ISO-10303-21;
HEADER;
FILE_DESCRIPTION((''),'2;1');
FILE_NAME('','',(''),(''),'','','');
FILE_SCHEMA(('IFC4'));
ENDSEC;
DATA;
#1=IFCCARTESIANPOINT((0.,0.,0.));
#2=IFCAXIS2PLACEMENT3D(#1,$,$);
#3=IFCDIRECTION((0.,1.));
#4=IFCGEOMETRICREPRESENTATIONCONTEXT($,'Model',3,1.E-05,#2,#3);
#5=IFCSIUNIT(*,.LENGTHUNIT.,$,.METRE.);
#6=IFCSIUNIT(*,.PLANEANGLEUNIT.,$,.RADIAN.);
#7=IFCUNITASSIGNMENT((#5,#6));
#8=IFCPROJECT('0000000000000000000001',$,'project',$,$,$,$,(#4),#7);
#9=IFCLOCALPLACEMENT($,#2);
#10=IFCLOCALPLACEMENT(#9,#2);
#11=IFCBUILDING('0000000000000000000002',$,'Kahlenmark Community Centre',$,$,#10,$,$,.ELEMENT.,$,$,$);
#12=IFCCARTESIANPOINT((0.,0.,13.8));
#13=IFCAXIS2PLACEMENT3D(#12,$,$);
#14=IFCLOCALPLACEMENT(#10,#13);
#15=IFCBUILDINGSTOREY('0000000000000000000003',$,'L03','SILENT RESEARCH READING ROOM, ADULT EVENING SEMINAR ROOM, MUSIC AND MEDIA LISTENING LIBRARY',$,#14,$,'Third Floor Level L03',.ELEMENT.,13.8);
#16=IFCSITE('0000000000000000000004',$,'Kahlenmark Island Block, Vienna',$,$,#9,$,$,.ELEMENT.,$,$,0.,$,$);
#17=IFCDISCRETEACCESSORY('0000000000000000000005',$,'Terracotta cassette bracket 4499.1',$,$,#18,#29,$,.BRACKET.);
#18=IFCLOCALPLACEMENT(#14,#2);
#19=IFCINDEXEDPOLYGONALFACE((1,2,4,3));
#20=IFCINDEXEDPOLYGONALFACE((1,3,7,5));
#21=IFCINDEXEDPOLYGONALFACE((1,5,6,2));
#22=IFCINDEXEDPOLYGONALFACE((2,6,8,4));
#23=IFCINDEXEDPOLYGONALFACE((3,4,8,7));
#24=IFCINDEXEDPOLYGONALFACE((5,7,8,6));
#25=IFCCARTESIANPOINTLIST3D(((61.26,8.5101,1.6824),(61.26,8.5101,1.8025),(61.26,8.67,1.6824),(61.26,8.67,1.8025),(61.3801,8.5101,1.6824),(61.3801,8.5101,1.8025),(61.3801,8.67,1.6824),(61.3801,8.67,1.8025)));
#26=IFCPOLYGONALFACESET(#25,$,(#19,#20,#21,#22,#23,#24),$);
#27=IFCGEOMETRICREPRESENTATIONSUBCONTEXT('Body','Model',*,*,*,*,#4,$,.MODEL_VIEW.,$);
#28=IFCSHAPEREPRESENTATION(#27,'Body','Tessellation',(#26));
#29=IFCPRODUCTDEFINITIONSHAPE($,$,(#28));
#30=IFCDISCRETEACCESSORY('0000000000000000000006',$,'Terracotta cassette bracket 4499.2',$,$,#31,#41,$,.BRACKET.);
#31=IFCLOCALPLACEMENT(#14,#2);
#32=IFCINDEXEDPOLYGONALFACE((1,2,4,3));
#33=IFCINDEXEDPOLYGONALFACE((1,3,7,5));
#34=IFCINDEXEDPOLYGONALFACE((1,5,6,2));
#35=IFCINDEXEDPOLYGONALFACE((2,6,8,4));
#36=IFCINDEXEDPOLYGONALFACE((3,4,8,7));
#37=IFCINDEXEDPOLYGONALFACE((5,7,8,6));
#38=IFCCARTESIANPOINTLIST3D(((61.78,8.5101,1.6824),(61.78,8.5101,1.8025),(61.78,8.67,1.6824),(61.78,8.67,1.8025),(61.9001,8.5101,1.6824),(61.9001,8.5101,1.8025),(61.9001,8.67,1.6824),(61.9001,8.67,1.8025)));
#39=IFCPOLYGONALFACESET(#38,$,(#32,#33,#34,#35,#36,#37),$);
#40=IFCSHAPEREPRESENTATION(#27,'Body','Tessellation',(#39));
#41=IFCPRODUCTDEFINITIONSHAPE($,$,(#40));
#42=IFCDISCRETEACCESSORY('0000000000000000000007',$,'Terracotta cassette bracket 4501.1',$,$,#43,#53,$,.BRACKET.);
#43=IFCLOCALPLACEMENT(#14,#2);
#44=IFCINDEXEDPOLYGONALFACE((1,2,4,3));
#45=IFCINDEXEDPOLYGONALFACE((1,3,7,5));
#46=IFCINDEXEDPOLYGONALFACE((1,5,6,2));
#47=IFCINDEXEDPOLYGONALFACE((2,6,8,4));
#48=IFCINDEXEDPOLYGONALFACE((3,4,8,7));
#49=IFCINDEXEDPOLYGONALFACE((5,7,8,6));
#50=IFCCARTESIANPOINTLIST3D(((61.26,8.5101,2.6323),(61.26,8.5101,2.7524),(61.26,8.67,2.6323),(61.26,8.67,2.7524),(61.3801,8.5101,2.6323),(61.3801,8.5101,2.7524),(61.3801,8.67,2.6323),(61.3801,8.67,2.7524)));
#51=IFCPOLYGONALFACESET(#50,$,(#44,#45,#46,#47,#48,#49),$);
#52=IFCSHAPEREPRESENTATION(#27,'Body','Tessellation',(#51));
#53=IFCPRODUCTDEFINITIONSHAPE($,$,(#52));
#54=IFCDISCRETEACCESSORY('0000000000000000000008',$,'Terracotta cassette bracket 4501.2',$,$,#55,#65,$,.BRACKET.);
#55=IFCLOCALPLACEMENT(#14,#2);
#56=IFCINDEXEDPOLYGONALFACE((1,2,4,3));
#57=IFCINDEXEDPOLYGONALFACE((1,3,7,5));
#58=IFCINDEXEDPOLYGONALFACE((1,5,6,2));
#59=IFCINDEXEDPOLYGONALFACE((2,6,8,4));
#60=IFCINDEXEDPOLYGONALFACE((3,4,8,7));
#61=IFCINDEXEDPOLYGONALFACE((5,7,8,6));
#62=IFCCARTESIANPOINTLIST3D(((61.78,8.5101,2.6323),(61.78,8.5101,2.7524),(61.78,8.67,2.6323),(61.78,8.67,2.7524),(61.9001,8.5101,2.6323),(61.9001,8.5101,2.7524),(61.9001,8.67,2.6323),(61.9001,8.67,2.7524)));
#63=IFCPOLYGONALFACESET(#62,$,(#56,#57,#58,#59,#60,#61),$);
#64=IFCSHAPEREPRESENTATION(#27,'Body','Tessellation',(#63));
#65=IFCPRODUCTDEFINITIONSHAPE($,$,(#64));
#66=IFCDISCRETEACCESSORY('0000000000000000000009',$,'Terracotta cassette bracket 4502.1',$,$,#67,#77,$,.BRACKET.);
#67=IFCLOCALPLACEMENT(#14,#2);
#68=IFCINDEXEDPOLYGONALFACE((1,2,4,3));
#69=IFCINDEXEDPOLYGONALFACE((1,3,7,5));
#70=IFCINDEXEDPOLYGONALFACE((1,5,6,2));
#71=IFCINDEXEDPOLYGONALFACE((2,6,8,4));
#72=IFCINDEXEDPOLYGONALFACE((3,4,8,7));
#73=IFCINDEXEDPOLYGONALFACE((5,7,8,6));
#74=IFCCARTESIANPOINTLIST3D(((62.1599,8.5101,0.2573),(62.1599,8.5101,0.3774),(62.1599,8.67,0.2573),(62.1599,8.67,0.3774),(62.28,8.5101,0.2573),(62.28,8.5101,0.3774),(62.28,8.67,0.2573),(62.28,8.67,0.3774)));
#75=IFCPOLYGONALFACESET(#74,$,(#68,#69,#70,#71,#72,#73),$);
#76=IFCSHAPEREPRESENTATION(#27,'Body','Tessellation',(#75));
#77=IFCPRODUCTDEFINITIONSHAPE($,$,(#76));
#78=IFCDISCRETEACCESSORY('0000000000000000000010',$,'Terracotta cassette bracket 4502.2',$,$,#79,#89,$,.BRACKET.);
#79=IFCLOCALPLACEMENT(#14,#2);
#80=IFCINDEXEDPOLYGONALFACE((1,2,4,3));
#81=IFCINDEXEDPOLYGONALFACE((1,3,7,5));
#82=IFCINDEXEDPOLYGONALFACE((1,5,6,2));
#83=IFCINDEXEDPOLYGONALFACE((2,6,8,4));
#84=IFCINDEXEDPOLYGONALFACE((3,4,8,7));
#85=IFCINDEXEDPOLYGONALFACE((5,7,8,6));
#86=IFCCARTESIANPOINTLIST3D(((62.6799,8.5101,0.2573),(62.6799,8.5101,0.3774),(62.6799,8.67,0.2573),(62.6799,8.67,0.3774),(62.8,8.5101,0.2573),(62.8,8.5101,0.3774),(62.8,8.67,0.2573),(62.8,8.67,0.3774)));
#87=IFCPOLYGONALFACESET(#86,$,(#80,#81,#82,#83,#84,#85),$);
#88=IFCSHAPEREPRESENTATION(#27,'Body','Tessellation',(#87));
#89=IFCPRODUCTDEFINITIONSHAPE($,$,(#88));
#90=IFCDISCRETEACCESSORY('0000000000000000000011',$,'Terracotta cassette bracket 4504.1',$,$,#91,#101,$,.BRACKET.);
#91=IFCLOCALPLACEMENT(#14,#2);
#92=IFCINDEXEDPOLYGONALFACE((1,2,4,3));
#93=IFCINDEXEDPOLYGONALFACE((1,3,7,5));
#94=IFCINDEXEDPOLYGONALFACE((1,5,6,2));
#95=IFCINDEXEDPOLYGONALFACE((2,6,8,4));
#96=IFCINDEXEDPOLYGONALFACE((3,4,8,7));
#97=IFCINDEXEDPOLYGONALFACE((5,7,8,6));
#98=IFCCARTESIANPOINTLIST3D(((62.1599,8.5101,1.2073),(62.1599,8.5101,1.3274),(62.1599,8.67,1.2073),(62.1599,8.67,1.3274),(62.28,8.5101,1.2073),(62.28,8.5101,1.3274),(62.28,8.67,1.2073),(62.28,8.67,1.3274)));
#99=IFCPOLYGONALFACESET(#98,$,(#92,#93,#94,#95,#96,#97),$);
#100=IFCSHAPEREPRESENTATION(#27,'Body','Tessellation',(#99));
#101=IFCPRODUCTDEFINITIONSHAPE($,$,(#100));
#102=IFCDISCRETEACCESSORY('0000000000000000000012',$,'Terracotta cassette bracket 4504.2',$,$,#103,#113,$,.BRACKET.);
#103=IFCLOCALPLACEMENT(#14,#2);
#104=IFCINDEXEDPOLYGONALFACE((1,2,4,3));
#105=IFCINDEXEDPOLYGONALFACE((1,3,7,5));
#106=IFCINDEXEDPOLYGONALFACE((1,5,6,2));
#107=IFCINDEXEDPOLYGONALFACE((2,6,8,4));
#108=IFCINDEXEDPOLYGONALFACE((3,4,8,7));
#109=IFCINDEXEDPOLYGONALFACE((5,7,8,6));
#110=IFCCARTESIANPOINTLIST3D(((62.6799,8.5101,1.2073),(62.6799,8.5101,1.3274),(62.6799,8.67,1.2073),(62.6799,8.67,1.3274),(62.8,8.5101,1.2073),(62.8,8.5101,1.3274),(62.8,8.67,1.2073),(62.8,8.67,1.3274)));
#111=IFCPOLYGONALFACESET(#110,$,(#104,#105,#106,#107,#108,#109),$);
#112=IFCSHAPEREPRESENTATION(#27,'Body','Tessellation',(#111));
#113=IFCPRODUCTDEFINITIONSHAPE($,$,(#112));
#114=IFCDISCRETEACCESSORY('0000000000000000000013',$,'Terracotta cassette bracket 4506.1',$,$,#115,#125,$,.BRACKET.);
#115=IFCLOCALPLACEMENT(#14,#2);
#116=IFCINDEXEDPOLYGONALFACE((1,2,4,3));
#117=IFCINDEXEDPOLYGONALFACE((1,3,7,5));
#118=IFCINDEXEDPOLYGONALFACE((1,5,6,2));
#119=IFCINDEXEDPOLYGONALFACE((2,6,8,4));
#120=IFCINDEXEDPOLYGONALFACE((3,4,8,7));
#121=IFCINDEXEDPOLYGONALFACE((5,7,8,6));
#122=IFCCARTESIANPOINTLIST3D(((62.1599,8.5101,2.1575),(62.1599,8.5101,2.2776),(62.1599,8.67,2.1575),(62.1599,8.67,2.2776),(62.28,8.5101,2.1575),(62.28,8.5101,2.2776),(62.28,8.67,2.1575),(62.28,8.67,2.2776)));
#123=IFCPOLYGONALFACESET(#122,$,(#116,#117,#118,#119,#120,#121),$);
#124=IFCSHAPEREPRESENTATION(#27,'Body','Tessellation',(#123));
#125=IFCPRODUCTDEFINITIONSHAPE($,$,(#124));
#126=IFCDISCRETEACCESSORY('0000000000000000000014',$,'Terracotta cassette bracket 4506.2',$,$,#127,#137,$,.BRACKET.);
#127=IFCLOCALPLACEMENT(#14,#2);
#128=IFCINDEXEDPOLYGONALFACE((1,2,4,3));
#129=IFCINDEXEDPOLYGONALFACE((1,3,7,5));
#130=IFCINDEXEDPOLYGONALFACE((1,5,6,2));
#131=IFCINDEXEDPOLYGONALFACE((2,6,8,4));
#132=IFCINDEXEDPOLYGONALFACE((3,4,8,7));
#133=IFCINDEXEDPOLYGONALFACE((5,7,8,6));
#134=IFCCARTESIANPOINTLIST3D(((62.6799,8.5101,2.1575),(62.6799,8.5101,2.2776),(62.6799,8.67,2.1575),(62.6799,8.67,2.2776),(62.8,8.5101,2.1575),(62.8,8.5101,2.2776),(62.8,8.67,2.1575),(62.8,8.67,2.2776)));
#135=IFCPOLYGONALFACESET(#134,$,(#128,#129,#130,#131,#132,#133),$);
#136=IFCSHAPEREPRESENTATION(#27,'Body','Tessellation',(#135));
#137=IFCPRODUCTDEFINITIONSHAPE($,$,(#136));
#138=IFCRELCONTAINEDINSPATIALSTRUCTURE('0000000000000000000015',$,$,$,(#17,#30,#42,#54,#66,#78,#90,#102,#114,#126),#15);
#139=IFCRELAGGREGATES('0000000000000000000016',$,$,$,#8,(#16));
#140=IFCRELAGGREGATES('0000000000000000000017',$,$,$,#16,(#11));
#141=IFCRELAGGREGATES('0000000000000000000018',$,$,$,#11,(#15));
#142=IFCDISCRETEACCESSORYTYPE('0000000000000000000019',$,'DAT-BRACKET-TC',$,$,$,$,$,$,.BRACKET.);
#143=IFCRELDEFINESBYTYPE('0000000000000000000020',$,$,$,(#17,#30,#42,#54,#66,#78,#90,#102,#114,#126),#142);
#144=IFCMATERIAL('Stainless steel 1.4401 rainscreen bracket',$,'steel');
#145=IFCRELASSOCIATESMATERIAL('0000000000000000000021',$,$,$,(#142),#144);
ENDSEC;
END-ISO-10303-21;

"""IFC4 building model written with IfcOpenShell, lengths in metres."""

from ifc_helpers import new_model, si_unit, direction, frame, origin, origin_2d, place, context, subcontext, project, spatial, rectangle, extrude, material, type_object, element, save


model = new_model("IFC4")

# Units and contexts
model_context = context("Model", 3, precision=1e-05, world=origin(), true_north=direction((0.0, 1.0)))
body_context = subcontext(model_context, "Body", "Model", "MODEL_VIEW")
ifc_project = project(units=[si_unit("LENGTHUNIT", "METRE"), si_unit("PLANEANGLEUNIT", "RADIAN")], contexts=[model_context])

# Site, building, storey
site_placement = place(None, origin())
site = spatial("IfcSite", under=ifc_project, at=site_placement, Name="Kahlenmark Island Block, Vienna", CompositionType="ELEMENT", RefElevation=0.0)
building_placement = place(site_placement, origin())
building = spatial("IfcBuilding", under=site, at=building_placement, Name="Kahlenmark Community Centre", CompositionType="ELEMENT")
storey_placement = place(building_placement, frame((0.0, 0.0, 13.8)))
storey = spatial("IfcBuildingStorey", under=building, at=storey_placement, Name="L03", Description="SILENT RESEARCH READING ROOM, ADULT EVENING SEMINAR ROOM, MUSIC AND MEDIA LISTENING LIBRARY", LongName="Third Floor Level L03", CompositionType="ELEMENT", Elevation=13.8)

# Discrete accessories
ifc_material_1 = material(Name="Stainless steel 1.4401 rainscreen bracket", Category="steel")
discrete_accessory_type = type_object("IfcDiscreteAccessoryType", Name="DAT-BRACKET-TC", PredefinedType="BRACKET", material=ifc_material_1)
for number, where, z_axis, x_axis, name in (
    (1, (61.3201, 8.5901, 1.6824), (0.0, 0.0, 1.0), (1.0, 0.0, 0.0), "Terracotta cassette bracket 4499.1"),
    (2, (61.8401, 8.5901, 1.6824), (0.0, 0.0, 1.0), (1.0, 0.0, 0.0), "Terracotta cassette bracket 4499.2"),
    (3, (61.3201, 8.5901, 2.6323), (0.0, 0.0, 1.0), (1.0, 0.0, 0.0), "Terracotta cassette bracket 4501.1"),
    (4, (61.8401, 8.5901, 2.6323), (0.0, 0.0, 1.0), (1.0, 0.0, 0.0), "Terracotta cassette bracket 4501.2"),
    (5, (62.22, 8.5901, 0.2573), (0.0, 0.0, 1.0), (1.0, 0.0, 0.0), "Terracotta cassette bracket 4502.1"),
    (6, (62.74, 8.5901, 0.2573), (0.0, 0.0, 1.0), (1.0, 0.0, 0.0), "Terracotta cassette bracket 4502.2"),
    (7, (62.22, 8.5901, 1.2073), (0.0, 0.0, 1.0), (1.0, 0.0, 0.0), "Terracotta cassette bracket 4504.1"),
    (8, (62.74, 8.5901, 1.2073), (0.0, 0.0, 1.0), (1.0, 0.0, 0.0), "Terracotta cassette bracket 4504.2"),
    (9, (62.22, 8.5901, 2.1575), (0.0, 0.0, 1.0), (1.0, 0.0, 0.0), "Terracotta cassette bracket 4506.1"),
    (10, (62.74, 8.5901, 2.1575), (0.0, 0.0, 1.0), (1.0, 0.0, 0.0), "Terracotta cassette bracket 4506.2"),
):
    element("IfcDiscreteAccessory", number, at=place(storey_placement, frame(where, z_axis=z_axis, x_axis=x_axis)), inside=storey, type_object=discrete_accessory_type, Name=name, PredefinedType="BRACKET", context=body_context, shape_type="SweptSolid", body=[
        extrude(rectangle(XDim=0.1201, YDim=0.1599, at=origin_2d()), origin(), (0.0, 0.0, 1.0), 0.1201),
    ])

save(model, "model.ifc")
